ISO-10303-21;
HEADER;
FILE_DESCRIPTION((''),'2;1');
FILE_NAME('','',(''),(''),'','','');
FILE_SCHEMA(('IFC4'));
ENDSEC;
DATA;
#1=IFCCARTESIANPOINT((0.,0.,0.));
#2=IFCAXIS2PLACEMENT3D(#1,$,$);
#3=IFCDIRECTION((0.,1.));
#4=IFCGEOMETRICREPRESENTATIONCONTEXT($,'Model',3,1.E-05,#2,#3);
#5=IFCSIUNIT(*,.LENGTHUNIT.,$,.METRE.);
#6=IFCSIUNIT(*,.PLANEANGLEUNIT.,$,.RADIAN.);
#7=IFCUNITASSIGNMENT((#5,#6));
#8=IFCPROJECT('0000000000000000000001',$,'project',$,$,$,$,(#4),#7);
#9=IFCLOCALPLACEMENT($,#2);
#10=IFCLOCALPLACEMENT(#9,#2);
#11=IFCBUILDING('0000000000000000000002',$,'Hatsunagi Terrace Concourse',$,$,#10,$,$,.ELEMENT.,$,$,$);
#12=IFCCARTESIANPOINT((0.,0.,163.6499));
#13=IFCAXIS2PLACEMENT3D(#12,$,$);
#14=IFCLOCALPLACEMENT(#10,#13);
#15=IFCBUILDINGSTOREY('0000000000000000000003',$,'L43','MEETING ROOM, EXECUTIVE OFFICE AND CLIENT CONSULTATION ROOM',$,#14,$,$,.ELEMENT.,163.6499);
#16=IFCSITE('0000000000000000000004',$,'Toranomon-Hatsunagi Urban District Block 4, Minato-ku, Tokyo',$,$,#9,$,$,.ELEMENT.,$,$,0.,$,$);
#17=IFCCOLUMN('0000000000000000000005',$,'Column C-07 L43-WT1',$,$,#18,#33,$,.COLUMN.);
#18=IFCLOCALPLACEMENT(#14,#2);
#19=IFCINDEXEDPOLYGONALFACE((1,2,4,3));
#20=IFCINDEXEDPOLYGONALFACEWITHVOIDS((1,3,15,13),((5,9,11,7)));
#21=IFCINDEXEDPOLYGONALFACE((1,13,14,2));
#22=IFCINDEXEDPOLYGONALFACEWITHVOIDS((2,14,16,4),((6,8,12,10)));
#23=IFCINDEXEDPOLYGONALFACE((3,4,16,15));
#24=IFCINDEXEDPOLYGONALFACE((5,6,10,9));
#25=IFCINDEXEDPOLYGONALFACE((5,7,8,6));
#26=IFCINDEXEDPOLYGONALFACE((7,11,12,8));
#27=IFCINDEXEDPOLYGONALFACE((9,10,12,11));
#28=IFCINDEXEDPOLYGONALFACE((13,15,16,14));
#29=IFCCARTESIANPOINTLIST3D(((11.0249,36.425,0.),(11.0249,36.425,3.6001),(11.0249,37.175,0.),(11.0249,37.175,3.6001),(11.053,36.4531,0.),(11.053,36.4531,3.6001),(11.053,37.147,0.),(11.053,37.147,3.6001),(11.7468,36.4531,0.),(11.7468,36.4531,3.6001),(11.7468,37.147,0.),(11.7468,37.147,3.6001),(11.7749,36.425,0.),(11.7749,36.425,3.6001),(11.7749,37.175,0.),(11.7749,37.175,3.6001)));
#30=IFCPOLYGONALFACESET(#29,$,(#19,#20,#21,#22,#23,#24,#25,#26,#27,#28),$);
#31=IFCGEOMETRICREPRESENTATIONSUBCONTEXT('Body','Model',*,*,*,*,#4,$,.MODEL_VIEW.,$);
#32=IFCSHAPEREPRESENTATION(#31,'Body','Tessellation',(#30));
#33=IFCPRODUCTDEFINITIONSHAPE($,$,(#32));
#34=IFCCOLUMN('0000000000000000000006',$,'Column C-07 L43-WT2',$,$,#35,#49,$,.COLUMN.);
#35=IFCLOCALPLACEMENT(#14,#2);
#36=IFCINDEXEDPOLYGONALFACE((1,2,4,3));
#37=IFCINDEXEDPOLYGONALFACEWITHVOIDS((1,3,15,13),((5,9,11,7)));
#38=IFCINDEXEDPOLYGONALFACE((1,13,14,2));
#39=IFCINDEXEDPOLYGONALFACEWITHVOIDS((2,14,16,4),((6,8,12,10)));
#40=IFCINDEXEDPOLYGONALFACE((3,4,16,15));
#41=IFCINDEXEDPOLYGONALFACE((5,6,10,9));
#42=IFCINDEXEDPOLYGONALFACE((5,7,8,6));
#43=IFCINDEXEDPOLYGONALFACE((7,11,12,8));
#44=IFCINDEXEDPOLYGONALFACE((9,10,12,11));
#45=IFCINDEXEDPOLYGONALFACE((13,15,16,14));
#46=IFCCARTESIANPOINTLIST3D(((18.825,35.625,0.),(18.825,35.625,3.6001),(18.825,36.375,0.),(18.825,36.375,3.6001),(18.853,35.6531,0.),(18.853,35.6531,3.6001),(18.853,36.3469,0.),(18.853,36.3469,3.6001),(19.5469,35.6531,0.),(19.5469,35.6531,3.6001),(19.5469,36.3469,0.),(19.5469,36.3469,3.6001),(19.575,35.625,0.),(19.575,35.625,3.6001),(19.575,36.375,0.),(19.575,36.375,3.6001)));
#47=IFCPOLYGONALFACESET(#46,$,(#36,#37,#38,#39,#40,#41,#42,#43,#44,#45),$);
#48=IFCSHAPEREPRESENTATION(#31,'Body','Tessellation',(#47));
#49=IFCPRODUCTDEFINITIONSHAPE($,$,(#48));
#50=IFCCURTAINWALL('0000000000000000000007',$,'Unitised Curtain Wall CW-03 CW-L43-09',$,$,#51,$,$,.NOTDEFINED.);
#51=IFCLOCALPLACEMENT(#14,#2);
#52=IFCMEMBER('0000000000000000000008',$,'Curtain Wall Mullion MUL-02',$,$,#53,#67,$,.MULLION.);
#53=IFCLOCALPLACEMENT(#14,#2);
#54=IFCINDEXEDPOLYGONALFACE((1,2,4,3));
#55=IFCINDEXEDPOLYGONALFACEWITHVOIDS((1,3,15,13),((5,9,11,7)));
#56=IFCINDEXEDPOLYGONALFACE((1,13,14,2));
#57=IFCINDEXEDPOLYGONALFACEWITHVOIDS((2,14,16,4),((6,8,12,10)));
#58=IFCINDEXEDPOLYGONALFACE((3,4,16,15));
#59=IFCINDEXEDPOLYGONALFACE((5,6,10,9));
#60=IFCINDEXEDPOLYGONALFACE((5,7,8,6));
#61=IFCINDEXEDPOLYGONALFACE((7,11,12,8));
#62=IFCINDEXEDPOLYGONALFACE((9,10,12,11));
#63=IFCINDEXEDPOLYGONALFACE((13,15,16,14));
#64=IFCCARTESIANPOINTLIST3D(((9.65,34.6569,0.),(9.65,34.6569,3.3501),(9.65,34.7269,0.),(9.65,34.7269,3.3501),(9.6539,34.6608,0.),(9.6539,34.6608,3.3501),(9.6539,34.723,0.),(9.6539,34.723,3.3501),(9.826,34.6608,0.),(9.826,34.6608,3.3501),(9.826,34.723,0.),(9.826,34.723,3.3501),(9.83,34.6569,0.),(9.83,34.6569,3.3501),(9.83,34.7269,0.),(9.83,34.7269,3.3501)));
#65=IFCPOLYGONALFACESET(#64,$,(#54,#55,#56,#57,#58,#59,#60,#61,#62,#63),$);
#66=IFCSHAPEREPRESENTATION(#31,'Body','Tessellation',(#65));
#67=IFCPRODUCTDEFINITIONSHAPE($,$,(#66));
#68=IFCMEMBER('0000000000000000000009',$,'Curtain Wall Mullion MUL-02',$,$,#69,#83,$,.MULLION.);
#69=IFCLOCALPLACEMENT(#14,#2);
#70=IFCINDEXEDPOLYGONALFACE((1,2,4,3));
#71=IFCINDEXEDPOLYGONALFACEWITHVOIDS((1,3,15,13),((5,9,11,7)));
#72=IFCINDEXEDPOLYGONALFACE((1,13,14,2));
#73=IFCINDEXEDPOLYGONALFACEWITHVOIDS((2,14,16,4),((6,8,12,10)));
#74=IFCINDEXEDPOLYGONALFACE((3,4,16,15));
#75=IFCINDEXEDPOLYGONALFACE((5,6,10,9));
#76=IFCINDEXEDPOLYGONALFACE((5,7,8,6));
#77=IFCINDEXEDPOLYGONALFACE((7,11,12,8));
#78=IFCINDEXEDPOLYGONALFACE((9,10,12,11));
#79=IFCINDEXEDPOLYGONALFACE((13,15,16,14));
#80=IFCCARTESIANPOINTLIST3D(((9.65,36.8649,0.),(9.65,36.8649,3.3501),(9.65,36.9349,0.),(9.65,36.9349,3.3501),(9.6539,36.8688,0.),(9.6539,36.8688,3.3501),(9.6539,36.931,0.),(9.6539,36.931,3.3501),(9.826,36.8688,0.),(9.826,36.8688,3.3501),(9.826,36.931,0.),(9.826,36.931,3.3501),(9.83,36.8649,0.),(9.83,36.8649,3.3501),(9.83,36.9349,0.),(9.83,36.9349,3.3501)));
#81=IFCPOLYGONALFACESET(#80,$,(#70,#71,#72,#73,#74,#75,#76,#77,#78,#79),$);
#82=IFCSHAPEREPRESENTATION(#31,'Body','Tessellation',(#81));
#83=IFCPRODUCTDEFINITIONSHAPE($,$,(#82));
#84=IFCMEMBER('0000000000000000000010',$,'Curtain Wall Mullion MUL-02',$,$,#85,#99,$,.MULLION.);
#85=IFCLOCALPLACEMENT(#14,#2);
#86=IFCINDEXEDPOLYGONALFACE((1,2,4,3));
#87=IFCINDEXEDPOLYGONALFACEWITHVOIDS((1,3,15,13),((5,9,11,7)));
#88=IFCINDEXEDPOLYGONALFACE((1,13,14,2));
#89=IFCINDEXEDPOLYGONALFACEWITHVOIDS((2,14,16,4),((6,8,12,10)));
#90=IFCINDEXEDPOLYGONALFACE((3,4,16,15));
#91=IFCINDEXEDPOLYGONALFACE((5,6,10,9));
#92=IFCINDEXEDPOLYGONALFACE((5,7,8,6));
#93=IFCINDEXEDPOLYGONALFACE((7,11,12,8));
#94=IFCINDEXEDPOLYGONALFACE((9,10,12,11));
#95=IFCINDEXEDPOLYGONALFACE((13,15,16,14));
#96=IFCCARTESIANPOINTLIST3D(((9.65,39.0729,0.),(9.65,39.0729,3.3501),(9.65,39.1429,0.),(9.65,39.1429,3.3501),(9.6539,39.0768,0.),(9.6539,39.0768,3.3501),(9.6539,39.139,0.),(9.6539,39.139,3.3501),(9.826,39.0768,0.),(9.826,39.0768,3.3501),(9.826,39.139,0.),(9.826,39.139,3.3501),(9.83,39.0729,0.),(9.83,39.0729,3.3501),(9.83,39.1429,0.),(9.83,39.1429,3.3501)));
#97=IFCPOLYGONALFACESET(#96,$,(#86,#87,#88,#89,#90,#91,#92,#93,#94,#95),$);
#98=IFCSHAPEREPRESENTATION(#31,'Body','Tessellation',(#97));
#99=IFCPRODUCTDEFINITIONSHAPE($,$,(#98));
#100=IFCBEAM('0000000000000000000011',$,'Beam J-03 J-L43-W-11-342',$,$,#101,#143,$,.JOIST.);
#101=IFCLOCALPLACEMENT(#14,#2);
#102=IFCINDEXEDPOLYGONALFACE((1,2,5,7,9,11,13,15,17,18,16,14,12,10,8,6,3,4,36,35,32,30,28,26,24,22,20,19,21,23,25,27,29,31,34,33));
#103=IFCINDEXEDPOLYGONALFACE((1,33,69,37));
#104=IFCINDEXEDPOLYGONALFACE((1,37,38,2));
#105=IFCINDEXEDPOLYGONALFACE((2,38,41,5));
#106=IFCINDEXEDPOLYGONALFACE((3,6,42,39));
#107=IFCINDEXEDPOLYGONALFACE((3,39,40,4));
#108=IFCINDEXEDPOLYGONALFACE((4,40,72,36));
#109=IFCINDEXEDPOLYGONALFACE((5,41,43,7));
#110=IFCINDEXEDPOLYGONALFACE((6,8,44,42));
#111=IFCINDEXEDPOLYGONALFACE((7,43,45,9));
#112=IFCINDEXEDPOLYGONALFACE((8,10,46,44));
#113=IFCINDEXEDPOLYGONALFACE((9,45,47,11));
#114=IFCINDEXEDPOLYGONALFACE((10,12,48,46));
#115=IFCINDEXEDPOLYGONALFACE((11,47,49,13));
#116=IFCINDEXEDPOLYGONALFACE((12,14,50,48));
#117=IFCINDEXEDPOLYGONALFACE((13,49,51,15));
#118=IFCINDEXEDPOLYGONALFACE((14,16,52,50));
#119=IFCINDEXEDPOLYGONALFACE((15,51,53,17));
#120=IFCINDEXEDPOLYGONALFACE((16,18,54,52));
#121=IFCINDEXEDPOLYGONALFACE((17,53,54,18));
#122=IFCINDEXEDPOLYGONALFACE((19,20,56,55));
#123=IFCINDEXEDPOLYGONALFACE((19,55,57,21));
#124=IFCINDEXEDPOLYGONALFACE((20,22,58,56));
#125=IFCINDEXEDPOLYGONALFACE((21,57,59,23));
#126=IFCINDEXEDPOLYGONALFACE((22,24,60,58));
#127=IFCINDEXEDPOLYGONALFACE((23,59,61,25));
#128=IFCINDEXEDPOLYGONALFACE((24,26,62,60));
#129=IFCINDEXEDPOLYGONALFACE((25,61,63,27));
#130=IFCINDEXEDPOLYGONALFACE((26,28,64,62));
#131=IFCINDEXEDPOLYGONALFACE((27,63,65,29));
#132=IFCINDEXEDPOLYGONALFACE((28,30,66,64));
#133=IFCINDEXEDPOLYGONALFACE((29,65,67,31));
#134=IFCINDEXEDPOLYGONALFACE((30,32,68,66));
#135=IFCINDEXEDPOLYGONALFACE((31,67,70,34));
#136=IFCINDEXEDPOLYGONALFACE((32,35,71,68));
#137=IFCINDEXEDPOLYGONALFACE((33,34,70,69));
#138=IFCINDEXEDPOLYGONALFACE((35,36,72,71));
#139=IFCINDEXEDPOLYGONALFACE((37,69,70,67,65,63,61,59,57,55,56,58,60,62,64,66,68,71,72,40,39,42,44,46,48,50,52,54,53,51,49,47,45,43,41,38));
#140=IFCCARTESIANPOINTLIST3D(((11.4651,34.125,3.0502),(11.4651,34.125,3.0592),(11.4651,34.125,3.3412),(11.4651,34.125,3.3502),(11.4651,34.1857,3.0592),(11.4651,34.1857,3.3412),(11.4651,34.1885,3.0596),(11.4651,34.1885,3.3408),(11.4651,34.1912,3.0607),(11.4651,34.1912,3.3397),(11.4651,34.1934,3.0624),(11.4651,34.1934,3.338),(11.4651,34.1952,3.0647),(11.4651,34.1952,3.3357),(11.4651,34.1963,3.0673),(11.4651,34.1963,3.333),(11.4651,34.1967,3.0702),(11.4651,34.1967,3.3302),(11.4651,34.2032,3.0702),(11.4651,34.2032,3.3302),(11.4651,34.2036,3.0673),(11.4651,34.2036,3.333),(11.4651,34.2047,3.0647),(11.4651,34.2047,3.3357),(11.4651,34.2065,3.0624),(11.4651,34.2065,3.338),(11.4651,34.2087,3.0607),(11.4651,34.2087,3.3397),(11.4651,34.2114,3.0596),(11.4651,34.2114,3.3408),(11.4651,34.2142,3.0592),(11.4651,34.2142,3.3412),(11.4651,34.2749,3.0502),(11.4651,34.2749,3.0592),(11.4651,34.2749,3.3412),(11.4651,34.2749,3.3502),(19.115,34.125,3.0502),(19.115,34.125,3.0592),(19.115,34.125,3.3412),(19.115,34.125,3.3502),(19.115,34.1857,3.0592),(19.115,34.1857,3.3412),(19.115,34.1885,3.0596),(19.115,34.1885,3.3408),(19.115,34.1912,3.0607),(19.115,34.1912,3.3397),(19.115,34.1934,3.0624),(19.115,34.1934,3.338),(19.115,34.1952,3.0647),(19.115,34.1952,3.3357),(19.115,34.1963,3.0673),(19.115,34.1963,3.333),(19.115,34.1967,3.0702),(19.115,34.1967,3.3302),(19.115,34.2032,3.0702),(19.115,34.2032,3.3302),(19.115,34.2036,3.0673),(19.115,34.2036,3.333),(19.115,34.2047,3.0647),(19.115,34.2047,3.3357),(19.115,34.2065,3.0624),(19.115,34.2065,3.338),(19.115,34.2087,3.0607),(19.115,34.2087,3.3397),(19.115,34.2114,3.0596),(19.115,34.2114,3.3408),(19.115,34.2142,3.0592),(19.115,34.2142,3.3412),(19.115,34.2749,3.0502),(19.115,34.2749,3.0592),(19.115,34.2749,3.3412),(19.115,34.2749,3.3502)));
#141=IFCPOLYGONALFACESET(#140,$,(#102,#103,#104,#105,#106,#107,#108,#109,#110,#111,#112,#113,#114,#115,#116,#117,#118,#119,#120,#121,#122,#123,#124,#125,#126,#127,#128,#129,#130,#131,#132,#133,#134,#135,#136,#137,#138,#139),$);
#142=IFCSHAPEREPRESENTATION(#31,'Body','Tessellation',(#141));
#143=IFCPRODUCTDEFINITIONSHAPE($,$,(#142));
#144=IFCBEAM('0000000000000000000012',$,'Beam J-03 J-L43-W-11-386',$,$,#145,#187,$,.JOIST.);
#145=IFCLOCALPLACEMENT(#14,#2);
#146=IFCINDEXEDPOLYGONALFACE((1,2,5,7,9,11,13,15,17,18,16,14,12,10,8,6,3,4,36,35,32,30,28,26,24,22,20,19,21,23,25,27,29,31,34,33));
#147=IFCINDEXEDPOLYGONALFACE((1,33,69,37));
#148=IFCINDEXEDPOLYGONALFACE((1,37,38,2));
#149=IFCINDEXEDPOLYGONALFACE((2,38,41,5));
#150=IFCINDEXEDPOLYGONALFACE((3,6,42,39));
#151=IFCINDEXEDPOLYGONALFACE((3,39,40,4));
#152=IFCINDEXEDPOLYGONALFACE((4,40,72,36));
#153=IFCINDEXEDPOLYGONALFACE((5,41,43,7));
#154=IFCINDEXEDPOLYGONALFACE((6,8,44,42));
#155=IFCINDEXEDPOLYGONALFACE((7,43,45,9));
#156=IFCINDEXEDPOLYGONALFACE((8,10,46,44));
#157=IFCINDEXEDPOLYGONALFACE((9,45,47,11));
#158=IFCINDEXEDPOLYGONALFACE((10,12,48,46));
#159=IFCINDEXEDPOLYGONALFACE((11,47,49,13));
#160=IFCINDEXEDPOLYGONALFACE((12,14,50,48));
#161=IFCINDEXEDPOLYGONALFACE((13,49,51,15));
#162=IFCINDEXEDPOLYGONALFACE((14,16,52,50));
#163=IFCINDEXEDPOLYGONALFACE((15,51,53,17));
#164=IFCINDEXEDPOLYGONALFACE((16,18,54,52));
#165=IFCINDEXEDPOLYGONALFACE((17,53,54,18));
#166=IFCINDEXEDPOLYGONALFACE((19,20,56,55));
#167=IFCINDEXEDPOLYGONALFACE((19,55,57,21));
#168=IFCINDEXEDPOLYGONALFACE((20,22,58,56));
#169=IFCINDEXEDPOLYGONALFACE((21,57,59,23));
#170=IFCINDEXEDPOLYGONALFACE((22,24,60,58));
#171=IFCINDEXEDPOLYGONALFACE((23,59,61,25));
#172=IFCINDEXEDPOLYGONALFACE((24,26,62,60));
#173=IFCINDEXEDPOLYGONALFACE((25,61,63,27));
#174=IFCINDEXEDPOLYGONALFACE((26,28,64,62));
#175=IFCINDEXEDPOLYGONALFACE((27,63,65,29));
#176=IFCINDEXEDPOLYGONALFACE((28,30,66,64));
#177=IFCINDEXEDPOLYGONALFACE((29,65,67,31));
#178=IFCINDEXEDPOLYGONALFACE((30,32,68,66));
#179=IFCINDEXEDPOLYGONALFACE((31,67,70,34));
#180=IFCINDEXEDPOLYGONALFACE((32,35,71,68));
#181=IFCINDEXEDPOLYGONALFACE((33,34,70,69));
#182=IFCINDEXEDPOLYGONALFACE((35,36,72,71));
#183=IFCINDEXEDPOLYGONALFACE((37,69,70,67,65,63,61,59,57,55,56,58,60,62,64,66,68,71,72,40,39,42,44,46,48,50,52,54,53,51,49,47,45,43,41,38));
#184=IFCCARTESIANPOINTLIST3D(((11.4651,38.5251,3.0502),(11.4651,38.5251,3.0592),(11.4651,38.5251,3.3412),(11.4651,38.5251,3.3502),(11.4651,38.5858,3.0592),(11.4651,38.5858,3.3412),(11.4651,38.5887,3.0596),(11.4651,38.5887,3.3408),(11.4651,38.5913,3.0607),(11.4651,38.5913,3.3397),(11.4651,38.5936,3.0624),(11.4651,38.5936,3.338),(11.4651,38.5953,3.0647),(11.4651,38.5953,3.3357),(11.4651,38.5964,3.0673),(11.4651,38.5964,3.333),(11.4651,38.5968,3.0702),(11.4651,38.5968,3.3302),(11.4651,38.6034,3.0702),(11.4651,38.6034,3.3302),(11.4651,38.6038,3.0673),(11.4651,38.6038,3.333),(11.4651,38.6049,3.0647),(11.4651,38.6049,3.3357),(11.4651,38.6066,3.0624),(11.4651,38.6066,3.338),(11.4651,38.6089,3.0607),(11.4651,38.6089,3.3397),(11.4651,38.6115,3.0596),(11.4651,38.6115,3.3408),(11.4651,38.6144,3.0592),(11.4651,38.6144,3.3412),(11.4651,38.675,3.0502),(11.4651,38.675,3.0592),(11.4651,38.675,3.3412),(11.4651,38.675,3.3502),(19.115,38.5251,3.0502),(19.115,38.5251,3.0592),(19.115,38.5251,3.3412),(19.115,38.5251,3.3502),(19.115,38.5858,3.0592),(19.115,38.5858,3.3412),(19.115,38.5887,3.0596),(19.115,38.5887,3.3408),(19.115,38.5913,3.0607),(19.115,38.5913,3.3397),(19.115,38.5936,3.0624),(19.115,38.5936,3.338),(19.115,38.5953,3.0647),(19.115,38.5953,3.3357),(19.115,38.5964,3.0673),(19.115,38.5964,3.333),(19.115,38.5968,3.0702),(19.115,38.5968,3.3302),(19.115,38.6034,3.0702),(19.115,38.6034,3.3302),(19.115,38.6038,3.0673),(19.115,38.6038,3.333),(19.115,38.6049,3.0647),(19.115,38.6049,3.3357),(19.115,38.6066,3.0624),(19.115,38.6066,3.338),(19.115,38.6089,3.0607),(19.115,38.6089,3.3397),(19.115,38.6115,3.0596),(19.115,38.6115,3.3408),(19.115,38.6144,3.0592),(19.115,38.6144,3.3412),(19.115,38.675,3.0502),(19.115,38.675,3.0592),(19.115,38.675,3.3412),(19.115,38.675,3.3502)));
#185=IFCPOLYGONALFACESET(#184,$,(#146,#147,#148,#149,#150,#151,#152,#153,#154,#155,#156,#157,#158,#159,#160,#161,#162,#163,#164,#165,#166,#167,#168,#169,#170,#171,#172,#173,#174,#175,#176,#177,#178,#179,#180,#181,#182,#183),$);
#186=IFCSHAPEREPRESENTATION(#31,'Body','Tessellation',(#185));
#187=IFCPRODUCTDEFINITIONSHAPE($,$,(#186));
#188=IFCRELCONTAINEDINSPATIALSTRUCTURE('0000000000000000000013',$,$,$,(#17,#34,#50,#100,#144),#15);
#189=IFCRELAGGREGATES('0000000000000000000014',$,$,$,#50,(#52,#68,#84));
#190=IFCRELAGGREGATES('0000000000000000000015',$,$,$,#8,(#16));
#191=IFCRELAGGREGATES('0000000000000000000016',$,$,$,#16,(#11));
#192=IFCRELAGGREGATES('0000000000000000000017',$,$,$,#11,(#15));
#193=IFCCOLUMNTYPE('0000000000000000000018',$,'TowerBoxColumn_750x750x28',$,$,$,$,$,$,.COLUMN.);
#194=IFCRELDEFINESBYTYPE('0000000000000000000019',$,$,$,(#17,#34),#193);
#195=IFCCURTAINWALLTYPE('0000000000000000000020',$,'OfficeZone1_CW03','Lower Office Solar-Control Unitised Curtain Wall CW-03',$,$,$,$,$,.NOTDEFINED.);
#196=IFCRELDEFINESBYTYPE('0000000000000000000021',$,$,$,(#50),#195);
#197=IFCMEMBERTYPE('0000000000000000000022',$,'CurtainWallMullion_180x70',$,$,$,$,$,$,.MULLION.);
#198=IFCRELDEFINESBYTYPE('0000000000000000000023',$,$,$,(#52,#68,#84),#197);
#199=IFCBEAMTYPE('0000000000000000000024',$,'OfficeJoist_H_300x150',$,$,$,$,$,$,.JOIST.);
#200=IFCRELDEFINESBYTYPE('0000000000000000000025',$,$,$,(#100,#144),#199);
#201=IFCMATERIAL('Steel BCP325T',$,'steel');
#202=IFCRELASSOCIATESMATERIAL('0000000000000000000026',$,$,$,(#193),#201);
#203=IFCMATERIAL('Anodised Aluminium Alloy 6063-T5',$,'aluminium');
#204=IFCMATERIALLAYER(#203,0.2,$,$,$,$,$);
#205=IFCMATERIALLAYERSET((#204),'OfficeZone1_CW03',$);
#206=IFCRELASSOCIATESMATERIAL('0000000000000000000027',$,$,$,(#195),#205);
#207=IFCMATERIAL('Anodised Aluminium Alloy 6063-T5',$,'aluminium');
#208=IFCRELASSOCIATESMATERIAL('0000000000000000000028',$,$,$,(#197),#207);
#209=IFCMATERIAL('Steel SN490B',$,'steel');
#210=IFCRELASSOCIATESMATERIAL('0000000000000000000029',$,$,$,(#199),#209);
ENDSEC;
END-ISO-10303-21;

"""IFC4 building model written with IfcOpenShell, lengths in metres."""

from ifc_helpers import new_model, si_unit, direction, frame, origin, origin_2d, place, context, subcontext, project, spatial, hollow_rectangle, i_section, extrude, material, layer, layer_set, material_profile, profile_set, type_object, element, aggregate, save


model = new_model("IFC4")

# Units and contexts
model_context = context("Model", 3, precision=1e-05, world=origin(), true_north=direction((0.0, 1.0)))
body_context = subcontext(model_context, "Body", "Model", "MODEL_VIEW")
ifc_project = project(units=[si_unit("LENGTHUNIT", "METRE"), si_unit("PLANEANGLEUNIT", "RADIAN")], contexts=[model_context])

# Site, building, storey
site_placement = place(None, origin())
site = spatial("IfcSite", under=ifc_project, at=site_placement, Name="Toranomon-Hatsunagi Urban District Block 4, Minato-ku, Tokyo", CompositionType="ELEMENT", RefElevation=0.0)
building_placement = place(site_placement, origin())
building = spatial("IfcBuilding", under=site, at=building_placement, Name="Hatsunagi Terrace Concourse", CompositionType="ELEMENT")
storey_placement = place(building_placement, frame((0.0, 0.0, 163.6499)))
storey = spatial("IfcBuildingStorey", under=building, at=storey_placement, Name="L43", Description="MEETING ROOM, EXECUTIVE OFFICE AND CLIENT CONSULTATION ROOM", CompositionType="ELEMENT", Elevation=163.6499)

# Columns
ifc_material_1 = material(Name="Steel BCP325T", Category="steel")
ifc_material_profile_1 = material_profile(ifc_material_1, hollow_rectangle(XDim=0.75, YDim=0.75, WallThickness=0.0281, at=origin_2d()), Name="BCP-750x750x28")
ifc_profile_set_1 = profile_set([ifc_material_profile_1], Name="Steel BCP325T")
column_type = type_object("IfcColumnType", Name="TowerBoxColumn_750x750x28", PredefinedType="COLUMN", material=ifc_profile_set_1)
for number, where, z_axis, x_axis, name in (
    (1, (11.3999, 36.8, 0.0), (0.0, 0.0, 1.0), (1.0, 0.0, 0.0), "Column C-07 L43-WT1"),
    (2, (19.2, 36.0, 0.0), (0.0, 0.0, 1.0), (1.0, 0.0, 0.0), "Column C-07 L43-WT2"),
):
    element("IfcColumn", number, at=place(storey_placement, frame(where, z_axis=z_axis, x_axis=x_axis)), inside=storey, type_object=column_type, Name=name, PredefinedType="COLUMN", context=body_context, shape_type="SweptSolid", body=[
        extrude(hollow_rectangle(XDim=0.75, YDim=0.75, WallThickness=0.0281, at=origin_2d()), origin(), (0.0, 0.0, 1.0), 3.6001),
    ])

# Curtain wall, members
ifc_material_2 = material(Name="Anodised Aluminium Alloy 6063-T5", Category="aluminium")
ifc_layer_1 = layer(ifc_material_2, 0.2)
ifc_layer_set_1 = layer_set([ifc_layer_1], Name="OfficeZone1_CW03")
curtain_wall_type = type_object("IfcCurtainWallType", Name="OfficeZone1_CW03", Description="Lower Office Solar-Control Unitised Curtain Wall CW-03", PredefinedType="NOTDEFINED", material=ifc_layer_set_1)
curtain_wall_placement = place(storey_placement, origin())
curtain_wall = element("IfcCurtainWall", 3, at=curtain_wall_placement, inside=storey, type_object=curtain_wall_type, Name="Unitised Curtain Wall CW-03 CW-L43-09", PredefinedType="NOTDEFINED")
ifc_material_3 = material(Name="Anodised Aluminium Alloy 6063-T5", Category="aluminium")
ifc_material_profile_2 = material_profile(ifc_material_3, hollow_rectangle(XDim=0.0701, YDim=0.1799, WallThickness=0.0039, at=origin_2d()), Name="ALU-MUL-180x70x4")
ifc_profile_set_2 = profile_set([ifc_material_profile_2], Name="Anodised Aluminium Alloy 6063-T5")
member_type = type_object("IfcMemberType", Name="CurtainWallMullion_180x70", PredefinedType="MULLION", material=ifc_profile_set_2)
member_1_placement = place(storey_placement, frame((9.74, 34.6919, 0.0), z_axis=(0.0, 0.0, 1.0), x_axis=(0.0, 1.0, 0.0)))
member_1 = element("IfcMember", 4, at=member_1_placement, type_object=member_type, Name="Curtain Wall Mullion MUL-02", PredefinedType="MULLION", context=body_context, shape_type="SweptSolid", body=[
    extrude(hollow_rectangle(XDim=0.0701, YDim=0.1799, WallThickness=0.0039, at=origin_2d()), origin(), (0.0, 0.0, 1.0), 3.3501),
])
member_2_placement = place(storey_placement, frame((9.74, 36.8999, 0.0), z_axis=(0.0, 0.0, 1.0), x_axis=(0.0, 1.0, 0.0)))
member_2 = element("IfcMember", 5, at=member_2_placement, type_object=member_type, Name="Curtain Wall Mullion MUL-02", PredefinedType="MULLION", context=body_context, shape_type="SweptSolid", body=[
    extrude(hollow_rectangle(XDim=0.0701, YDim=0.1799, WallThickness=0.0039, at=origin_2d()), origin(), (0.0, 0.0, 1.0), 3.3501),
])
member_3_placement = place(storey_placement, frame((9.74, 39.1079, 0.0), z_axis=(0.0, 0.0, 1.0), x_axis=(0.0, 1.0, 0.0)))
member_3 = element("IfcMember", 6, at=member_3_placement, type_object=member_type, Name="Curtain Wall Mullion MUL-02", PredefinedType="MULLION", context=body_context, shape_type="SweptSolid", body=[
    extrude(hollow_rectangle(XDim=0.0701, YDim=0.1799, WallThickness=0.0039, at=origin_2d()), origin(), (0.0, 0.0, 1.0), 3.3501),
])

# Beams
ifc_material_4 = material(Name="Steel SN490B", Category="steel")
ifc_material_profile_3 = material_profile(ifc_material_4, i_section(OverallWidth=0.1499, OverallDepth=0.3, WebThickness=0.0066, FlangeThickness=0.009, FilletRadius=0.011, at=origin_2d()), Name="H-300x150x6.5x9")
ifc_profile_set_3 = profile_set([ifc_material_profile_3], Name="Steel SN490B")
beam_type_1 = type_object("IfcBeamType", Name="OfficeJoist_H_300x150", PredefinedType="JOIST", material=ifc_profile_set_3)
for number, where, z_axis, x_axis, name in (
    (7, (11.4651, 34.2, 3.2002), (1.0, 0.0, 0.0), (0.0, 1.0, 0.0), "Beam J-03 J-L43-W-11-342"),
    (8, (11.4651, 38.6001, 3.2002), (1.0, 0.0, 0.0), (0.0, 1.0, 0.0), "Beam J-03 J-L43-W-11-386"),
):
    element("IfcBeam", number, at=place(storey_placement, frame(where, z_axis=z_axis, x_axis=x_axis)), inside=storey, type_object=beam_type_1, Name=name, PredefinedType="JOIST", context=body_context, shape_type="SweptSolid", body=[
        extrude(i_section(OverallWidth=0.1499, OverallDepth=0.3, WebThickness=0.0066, FlangeThickness=0.009, FilletRadius=0.011, at=origin_2d()), origin(), (0.0, 0.0, 1.0), 7.6499),
    ])

aggregate(curtain_wall, [member_1, member_2, member_3])

save(model, "model.ifc")
